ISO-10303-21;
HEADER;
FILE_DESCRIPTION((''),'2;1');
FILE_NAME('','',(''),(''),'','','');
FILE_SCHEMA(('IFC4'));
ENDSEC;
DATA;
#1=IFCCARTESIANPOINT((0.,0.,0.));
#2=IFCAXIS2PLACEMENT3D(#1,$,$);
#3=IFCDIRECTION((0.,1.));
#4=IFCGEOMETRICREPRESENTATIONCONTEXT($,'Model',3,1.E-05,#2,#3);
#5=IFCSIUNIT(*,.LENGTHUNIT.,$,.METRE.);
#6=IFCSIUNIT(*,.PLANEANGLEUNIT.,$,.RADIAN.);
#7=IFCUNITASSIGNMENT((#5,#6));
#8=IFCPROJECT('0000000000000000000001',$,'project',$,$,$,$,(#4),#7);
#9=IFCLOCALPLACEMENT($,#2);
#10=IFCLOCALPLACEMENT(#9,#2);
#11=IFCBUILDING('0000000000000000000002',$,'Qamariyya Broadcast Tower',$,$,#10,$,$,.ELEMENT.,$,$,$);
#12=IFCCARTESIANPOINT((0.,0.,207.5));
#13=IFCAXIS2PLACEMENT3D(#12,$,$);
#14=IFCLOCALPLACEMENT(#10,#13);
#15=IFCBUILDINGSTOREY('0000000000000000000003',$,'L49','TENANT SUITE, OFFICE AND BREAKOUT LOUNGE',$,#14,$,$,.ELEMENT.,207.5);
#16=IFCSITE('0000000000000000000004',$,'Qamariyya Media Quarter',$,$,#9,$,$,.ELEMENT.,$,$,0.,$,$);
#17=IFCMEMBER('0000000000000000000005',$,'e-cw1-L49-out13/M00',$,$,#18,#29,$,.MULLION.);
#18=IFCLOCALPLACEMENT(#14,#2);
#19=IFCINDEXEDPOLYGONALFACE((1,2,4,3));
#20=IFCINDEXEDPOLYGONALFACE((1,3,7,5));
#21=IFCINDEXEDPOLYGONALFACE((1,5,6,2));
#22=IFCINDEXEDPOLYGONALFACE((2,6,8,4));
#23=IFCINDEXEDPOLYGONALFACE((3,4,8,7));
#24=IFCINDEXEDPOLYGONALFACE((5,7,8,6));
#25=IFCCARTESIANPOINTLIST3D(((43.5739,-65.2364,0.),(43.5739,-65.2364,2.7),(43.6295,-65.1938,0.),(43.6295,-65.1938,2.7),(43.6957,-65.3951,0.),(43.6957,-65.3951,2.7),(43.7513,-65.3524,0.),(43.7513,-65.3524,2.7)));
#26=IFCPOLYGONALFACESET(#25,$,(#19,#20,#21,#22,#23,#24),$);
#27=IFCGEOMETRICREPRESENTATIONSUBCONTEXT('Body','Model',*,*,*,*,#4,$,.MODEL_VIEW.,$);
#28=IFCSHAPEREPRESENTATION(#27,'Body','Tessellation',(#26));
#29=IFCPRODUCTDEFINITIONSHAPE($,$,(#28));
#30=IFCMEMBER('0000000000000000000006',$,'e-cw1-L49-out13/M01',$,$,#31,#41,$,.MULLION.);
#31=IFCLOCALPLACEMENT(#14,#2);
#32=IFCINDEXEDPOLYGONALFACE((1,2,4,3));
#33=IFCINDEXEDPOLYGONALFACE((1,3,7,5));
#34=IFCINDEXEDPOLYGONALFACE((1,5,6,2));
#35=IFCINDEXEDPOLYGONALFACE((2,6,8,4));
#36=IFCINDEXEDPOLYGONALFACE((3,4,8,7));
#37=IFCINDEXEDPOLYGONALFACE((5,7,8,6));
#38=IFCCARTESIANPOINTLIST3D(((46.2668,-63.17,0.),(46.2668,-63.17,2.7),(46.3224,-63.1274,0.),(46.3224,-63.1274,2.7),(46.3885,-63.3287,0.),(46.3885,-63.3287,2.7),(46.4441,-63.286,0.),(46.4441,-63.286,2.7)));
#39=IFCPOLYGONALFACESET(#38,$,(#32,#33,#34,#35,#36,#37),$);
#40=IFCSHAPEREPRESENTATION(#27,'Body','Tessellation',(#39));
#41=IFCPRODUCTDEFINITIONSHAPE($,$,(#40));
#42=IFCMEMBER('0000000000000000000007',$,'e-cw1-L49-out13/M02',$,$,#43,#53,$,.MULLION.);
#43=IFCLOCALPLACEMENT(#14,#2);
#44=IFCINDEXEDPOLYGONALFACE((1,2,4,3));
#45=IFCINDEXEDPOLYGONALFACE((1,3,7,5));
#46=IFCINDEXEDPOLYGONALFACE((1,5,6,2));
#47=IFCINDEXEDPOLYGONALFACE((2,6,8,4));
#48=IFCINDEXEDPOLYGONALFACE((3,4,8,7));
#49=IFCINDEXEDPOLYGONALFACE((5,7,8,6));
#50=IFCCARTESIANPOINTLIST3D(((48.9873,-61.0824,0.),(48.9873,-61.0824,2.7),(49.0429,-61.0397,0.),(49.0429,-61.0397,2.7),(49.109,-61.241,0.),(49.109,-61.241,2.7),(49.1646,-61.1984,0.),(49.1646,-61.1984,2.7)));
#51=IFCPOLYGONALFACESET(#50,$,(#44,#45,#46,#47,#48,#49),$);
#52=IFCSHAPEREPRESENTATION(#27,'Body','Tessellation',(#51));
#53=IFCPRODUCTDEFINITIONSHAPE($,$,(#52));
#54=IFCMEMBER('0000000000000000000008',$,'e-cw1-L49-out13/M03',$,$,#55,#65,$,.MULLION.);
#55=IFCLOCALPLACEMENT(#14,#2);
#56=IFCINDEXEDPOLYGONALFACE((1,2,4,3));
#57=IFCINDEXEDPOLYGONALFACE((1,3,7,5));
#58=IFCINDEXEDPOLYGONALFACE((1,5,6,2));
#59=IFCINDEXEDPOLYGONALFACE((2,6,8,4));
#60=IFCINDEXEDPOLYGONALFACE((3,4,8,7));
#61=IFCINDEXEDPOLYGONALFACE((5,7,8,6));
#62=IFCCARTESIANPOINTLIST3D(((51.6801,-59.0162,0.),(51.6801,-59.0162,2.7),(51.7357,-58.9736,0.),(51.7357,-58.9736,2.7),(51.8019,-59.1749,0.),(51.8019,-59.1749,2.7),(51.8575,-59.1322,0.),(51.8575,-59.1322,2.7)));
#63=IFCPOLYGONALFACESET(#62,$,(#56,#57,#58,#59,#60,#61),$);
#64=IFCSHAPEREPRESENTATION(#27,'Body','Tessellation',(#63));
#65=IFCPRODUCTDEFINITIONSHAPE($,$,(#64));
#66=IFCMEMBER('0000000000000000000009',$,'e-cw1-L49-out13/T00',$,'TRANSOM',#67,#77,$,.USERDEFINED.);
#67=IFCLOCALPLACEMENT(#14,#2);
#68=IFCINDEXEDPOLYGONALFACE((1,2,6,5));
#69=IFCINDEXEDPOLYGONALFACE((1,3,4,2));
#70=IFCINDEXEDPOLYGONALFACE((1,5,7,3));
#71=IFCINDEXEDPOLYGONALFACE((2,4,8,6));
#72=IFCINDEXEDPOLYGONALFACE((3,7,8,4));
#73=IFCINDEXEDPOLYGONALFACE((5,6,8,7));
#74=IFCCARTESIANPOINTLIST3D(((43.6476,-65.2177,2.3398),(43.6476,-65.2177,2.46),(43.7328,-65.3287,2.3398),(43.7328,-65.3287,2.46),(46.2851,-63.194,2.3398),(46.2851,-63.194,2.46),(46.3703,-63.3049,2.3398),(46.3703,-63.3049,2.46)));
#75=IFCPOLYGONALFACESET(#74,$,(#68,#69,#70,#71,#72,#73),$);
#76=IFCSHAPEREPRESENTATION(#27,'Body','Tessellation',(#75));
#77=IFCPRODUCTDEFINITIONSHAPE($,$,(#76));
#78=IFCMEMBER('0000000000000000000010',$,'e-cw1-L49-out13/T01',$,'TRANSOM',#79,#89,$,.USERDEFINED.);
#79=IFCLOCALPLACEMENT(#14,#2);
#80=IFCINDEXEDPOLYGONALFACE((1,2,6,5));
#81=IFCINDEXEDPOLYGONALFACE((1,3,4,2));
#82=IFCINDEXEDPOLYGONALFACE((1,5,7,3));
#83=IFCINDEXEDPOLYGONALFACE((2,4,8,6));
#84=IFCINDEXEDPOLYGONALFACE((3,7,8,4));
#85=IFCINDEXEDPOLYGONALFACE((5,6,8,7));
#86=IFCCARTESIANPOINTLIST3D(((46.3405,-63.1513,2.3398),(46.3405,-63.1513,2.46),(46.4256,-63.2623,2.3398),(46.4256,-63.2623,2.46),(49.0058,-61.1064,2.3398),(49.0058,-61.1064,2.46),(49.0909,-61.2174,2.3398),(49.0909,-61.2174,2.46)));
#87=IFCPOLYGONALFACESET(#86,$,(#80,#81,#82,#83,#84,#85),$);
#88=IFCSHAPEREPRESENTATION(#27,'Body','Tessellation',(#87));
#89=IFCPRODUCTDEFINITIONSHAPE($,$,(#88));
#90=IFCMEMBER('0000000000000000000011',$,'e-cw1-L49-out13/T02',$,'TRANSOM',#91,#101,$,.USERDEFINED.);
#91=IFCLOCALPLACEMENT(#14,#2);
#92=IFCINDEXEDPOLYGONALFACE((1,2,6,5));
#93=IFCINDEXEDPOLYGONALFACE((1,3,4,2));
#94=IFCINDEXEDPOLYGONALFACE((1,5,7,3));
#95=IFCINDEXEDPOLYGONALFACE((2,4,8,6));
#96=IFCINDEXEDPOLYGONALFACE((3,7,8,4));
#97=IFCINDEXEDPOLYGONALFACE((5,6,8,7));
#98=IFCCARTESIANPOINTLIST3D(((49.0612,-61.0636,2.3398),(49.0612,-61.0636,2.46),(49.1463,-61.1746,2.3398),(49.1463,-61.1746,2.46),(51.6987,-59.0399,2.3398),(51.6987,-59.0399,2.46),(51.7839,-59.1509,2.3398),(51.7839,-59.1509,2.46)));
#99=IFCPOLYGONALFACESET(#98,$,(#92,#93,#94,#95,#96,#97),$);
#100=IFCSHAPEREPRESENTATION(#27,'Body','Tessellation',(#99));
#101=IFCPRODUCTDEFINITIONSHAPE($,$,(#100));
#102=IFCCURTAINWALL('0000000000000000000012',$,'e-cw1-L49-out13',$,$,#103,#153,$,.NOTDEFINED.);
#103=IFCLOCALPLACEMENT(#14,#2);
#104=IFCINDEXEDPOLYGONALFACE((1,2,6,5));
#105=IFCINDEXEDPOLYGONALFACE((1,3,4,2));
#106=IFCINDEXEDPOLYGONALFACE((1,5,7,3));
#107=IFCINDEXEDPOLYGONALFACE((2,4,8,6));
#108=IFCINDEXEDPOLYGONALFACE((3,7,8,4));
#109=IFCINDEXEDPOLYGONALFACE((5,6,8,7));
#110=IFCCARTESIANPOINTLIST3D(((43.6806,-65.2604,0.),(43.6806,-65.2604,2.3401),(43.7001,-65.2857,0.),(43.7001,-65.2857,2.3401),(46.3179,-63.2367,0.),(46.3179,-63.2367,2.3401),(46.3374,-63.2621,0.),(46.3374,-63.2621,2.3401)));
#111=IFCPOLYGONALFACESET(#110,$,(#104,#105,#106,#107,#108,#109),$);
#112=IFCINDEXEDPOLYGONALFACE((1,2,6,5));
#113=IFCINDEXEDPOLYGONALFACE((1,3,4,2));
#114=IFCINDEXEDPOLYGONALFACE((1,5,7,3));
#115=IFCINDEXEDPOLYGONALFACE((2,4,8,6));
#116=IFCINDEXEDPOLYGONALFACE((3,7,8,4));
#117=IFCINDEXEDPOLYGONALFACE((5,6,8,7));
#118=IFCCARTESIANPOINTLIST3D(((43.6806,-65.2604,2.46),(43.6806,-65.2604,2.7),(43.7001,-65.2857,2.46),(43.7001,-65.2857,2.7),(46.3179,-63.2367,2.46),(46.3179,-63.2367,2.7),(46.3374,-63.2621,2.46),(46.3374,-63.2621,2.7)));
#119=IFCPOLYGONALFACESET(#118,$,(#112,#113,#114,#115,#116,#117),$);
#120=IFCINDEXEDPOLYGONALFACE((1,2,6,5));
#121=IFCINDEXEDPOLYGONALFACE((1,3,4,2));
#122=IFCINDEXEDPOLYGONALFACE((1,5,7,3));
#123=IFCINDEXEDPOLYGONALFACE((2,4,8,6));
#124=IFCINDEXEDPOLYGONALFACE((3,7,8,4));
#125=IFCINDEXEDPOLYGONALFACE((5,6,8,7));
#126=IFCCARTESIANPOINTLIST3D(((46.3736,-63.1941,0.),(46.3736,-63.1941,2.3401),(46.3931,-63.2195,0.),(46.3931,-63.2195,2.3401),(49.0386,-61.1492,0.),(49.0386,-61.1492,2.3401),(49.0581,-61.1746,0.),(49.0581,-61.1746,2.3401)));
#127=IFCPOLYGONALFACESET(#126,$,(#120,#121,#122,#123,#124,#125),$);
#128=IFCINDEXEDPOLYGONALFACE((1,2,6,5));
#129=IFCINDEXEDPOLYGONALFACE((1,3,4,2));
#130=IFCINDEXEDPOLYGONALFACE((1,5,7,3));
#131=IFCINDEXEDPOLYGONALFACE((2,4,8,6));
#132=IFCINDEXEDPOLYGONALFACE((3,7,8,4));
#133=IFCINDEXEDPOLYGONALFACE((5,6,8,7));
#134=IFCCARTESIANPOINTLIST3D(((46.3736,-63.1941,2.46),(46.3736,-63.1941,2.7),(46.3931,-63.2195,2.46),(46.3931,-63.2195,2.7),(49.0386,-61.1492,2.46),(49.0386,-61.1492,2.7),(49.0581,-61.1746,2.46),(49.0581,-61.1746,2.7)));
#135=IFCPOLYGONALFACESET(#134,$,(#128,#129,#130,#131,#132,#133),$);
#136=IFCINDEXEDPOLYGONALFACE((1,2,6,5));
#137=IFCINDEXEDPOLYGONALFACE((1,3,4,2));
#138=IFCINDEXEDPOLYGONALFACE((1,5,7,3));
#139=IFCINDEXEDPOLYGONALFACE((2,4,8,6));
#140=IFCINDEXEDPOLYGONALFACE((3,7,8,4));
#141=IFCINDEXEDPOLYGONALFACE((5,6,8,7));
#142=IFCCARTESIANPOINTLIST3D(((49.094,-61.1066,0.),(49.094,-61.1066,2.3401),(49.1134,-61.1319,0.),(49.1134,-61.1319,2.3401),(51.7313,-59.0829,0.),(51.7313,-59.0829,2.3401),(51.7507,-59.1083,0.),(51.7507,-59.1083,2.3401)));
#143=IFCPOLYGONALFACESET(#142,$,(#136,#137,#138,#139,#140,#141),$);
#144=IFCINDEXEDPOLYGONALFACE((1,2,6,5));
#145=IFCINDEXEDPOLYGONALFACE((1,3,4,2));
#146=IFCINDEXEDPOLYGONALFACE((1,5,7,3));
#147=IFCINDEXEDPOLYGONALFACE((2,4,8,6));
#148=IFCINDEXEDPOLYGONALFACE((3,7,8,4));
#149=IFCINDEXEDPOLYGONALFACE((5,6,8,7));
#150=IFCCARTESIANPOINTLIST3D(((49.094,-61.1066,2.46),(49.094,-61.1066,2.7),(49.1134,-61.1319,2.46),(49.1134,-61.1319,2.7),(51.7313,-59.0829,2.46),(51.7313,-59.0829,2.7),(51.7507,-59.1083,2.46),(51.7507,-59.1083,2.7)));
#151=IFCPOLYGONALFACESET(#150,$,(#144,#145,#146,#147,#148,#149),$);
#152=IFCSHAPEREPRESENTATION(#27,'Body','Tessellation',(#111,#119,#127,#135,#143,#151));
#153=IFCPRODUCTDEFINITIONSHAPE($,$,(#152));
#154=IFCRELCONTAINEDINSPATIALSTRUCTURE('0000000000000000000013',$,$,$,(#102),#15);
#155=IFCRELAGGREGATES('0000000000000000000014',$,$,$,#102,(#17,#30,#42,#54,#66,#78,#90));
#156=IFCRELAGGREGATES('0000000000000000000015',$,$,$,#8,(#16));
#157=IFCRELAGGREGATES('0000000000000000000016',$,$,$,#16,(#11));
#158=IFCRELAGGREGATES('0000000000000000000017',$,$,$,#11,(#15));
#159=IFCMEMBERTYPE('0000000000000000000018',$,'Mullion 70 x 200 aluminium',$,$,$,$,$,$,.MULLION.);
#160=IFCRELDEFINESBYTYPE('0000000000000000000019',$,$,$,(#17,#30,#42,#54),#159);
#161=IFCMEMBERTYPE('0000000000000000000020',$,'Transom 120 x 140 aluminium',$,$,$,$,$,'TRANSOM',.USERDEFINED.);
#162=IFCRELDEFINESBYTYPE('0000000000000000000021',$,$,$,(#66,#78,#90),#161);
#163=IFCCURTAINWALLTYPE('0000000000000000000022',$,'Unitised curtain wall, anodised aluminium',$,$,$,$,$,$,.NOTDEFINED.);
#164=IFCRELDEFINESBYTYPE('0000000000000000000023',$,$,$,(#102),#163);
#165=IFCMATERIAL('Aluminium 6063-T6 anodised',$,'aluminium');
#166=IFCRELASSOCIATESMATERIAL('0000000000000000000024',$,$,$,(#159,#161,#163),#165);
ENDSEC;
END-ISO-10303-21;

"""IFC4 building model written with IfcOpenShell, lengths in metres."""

from ifc_helpers import new_model, si_unit, direction, frame, origin, origin_2d, place, context, subcontext, project, spatial, rectangle, extrude, material, material_profile, profile_set, type_object, element, aggregate, save


model = new_model("IFC4")

# Units and contexts
model_context = context("Model", 3, precision=1e-05, world=origin(), true_north=direction((0.0, 1.0)))
body_context = subcontext(model_context, "Body", "Model", "MODEL_VIEW")
ifc_project = project(units=[si_unit("LENGTHUNIT", "METRE"), si_unit("PLANEANGLEUNIT", "RADIAN")], contexts=[model_context])

# Members
ifc_material = material(Name="Aluminium 6063-T6 anodised", Category="aluminium")
site_placement = place(None, origin())
building_placement = place(site_placement, origin())
storey_placement = place(building_placement, frame((0.0, 0.0, 207.5)))
ifc_material_profile_1 = material_profile(ifc_material, rectangle(XDim=0.2, YDim=0.0701, at=origin_2d()))
ifc_profile_set_1 = profile_set([ifc_material_profile_1], Name="Aluminium 6063-T6 anodised")
member_type_1 = type_object("IfcMemberType", Name="Mullion 70 x 200 aluminium", PredefinedType="MULLION", material=ifc_profile_set_1)
member_1_placement = place(storey_placement, frame((43.6626, -65.2944, 0.0), z_axis=(0.0, 0.0, 1.0), x_axis=(-0.608761, 0.793353, 0.0)))
member_1 = element("IfcMember", 1, at=member_1_placement, type_object=member_type_1, Name="e-cw1-L49-out13/M00", PredefinedType="MULLION", context=body_context, shape_type="SweptSolid", body=[
    extrude(rectangle(XDim=0.2, YDim=0.0701, at=origin_2d()), origin(), (0.0, 0.0, 1.0), 2.7),
])
member_2_placement = place(storey_placement, frame((46.3555, -63.228, 0.0), z_axis=(0.0, 0.0, 1.0), x_axis=(-0.608761, 0.793353, 0.0)))
member_2 = element("IfcMember", 2, at=member_2_placement, type_object=member_type_1, Name="e-cw1-L49-out13/M01", PredefinedType="MULLION", context=body_context, shape_type="SweptSolid", body=[
    extrude(rectangle(XDim=0.2, YDim=0.0701, at=origin_2d()), origin(), (0.0, 0.0, 1.0), 2.7),
])
member_3_placement = place(storey_placement, frame((49.0759, -61.1404, 0.0), z_axis=(0.0, 0.0, 1.0), x_axis=(-0.608761, 0.793353, 0.0)))
member_3 = element("IfcMember", 3, at=member_3_placement, type_object=member_type_1, Name="e-cw1-L49-out13/M02", PredefinedType="MULLION", context=body_context, shape_type="SweptSolid", body=[
    extrude(rectangle(XDim=0.2, YDim=0.0701, at=origin_2d()), origin(), (0.0, 0.0, 1.0), 2.7),
])
member_4_placement = place(storey_placement, frame((51.7688, -59.0742, 0.0), z_axis=(0.0, 0.0, 1.0), x_axis=(-0.608761, 0.793353, 0.0)))
member_4 = element("IfcMember", 4, at=member_4_placement, type_object=member_type_1, Name="e-cw1-L49-out13/M03", PredefinedType="MULLION", context=body_context, shape_type="SweptSolid", body=[
    extrude(rectangle(XDim=0.2, YDim=0.0701, at=origin_2d()), origin(), (0.0, 0.0, 1.0), 2.7),
])
ifc_material_profile_2 = material_profile(ifc_material, rectangle(XDim=0.1399, YDim=0.1201, at=origin_2d()))
ifc_profile_set_2 = profile_set([ifc_material_profile_2], Name="Aluminium 6063-T6 anodised")
member_type_2 = type_object("IfcMemberType", Name="Transom 120 x 140 aluminium", ElementType="TRANSOM", PredefinedType="USERDEFINED", material=ifc_profile_set_2)
member_5_placement = place(storey_placement, frame((43.6902, -65.2732, 2.3999), z_axis=(0.793369, 0.608741, 0.0), x_axis=(-0.608741, 0.793369, 0.0)))
member_5 = element("IfcMember", 5, at=member_5_placement, type_object=member_type_2, Name="e-cw1-L49-out13/T00", ObjectType="TRANSOM", PredefinedType="USERDEFINED", context=body_context, shape_type="SweptSolid", body=[
    extrude(rectangle(XDim=0.1399, YDim=0.1201, at=origin_2d()), origin(), (0.0, 0.0, 1.0), 3.3245),
])
member_6_placement = place(storey_placement, frame((46.3831, -63.2068, 2.3999), z_axis=(0.793385, 0.60872, 0.0), x_axis=(-0.60872, 0.793385, 0.0)))
member_6 = element("IfcMember", 6, at=member_6_placement, type_object=member_type_2, Name="e-cw1-L49-out13/T01", ObjectType="TRANSOM", PredefinedType="USERDEFINED", context=body_context, shape_type="SweptSolid", body=[
    extrude(rectangle(XDim=0.1399, YDim=0.1201, at=origin_2d()), origin(), (0.0, 0.0, 1.0), 3.3594),
])
member_7_placement = place(storey_placement, frame((49.1038, -61.1191, 2.3999), z_axis=(0.793369, 0.608741, 0.0), x_axis=(-0.608741, 0.793369, 0.0)))
member_7 = element("IfcMember", 7, at=member_7_placement, type_object=member_type_2, Name="e-cw1-L49-out13/T02", ObjectType="TRANSOM", PredefinedType="USERDEFINED", context=body_context, shape_type="SweptSolid", body=[
    extrude(rectangle(XDim=0.1399, YDim=0.1201, at=origin_2d()), origin(), (0.0, 0.0, 1.0), 3.3245),
])

# Site, building, storey
site = spatial("IfcSite", under=ifc_project, at=site_placement, Name="Qamariyya Media Quarter", CompositionType="ELEMENT", RefElevation=0.0)
building = spatial("IfcBuilding", under=site, at=building_placement, Name="Qamariyya Broadcast Tower", CompositionType="ELEMENT")
storey = spatial("IfcBuildingStorey", under=building, at=storey_placement, Name="L49", Description="TENANT SUITE, OFFICE AND BREAKOUT LOUNGE", CompositionType="ELEMENT", Elevation=207.5)

# Curtain wall
curtain_wall_type_1 = type_object("IfcCurtainWallType", Name="Unitised curtain wall, anodised aluminium", PredefinedType="NOTDEFINED", material=ifc_material)
curtain_wall_1_placement = place(storey_placement, origin())
curtain_wall_1 = element("IfcCurtainWall", 8, at=curtain_wall_1_placement, inside=storey, type_object=curtain_wall_type_1, Name="e-cw1-L49-out13", PredefinedType="NOTDEFINED", context=body_context, shape_type="SweptSolid", body=[
    extrude(rectangle(XDim=3.3242, YDim=0.032, at=origin_2d()), frame((45.009, -64.2612, 0.0), x_axis=(0.793359, 0.608754, 0.0)), (0.0, 0.0, 1.0), 2.3401),
    extrude(rectangle(XDim=3.3242, YDim=0.032, at=origin_2d()), frame((45.009, -64.2612, 2.46), x_axis=(0.793359, 0.608754, 0.0)), (0.0, 0.0, 1.0), 0.24),
    extrude(rectangle(XDim=3.3591, YDim=0.032, at=origin_2d()), frame((47.7158, -62.1843, 0.0), x_axis=(0.793359, 0.608754, 0.0)), (0.0, 0.0, 1.0), 2.3401),
    extrude(rectangle(XDim=3.3591, YDim=0.032, at=origin_2d()), frame((47.7158, -62.1843, 2.46), x_axis=(0.793359, 0.608754, 0.0)), (0.0, 0.0, 1.0), 0.24),
    extrude(rectangle(XDim=3.3242, YDim=0.032, at=origin_2d()), frame((50.4224, -60.1074, 0.0), x_axis=(0.793359, 0.608754, 0.0)), (0.0, 0.0, 1.0), 2.3401),
    extrude(rectangle(XDim=3.3242, YDim=0.032, at=origin_2d()), frame((50.4224, -60.1074, 2.46), x_axis=(0.793359, 0.608754, 0.0)), (0.0, 0.0, 1.0), 0.24),
])
aggregate(curtain_wall_1, [member_1, member_2, member_3, member_4, member_5, member_6, member_7])

save(model, "model.ifc")
